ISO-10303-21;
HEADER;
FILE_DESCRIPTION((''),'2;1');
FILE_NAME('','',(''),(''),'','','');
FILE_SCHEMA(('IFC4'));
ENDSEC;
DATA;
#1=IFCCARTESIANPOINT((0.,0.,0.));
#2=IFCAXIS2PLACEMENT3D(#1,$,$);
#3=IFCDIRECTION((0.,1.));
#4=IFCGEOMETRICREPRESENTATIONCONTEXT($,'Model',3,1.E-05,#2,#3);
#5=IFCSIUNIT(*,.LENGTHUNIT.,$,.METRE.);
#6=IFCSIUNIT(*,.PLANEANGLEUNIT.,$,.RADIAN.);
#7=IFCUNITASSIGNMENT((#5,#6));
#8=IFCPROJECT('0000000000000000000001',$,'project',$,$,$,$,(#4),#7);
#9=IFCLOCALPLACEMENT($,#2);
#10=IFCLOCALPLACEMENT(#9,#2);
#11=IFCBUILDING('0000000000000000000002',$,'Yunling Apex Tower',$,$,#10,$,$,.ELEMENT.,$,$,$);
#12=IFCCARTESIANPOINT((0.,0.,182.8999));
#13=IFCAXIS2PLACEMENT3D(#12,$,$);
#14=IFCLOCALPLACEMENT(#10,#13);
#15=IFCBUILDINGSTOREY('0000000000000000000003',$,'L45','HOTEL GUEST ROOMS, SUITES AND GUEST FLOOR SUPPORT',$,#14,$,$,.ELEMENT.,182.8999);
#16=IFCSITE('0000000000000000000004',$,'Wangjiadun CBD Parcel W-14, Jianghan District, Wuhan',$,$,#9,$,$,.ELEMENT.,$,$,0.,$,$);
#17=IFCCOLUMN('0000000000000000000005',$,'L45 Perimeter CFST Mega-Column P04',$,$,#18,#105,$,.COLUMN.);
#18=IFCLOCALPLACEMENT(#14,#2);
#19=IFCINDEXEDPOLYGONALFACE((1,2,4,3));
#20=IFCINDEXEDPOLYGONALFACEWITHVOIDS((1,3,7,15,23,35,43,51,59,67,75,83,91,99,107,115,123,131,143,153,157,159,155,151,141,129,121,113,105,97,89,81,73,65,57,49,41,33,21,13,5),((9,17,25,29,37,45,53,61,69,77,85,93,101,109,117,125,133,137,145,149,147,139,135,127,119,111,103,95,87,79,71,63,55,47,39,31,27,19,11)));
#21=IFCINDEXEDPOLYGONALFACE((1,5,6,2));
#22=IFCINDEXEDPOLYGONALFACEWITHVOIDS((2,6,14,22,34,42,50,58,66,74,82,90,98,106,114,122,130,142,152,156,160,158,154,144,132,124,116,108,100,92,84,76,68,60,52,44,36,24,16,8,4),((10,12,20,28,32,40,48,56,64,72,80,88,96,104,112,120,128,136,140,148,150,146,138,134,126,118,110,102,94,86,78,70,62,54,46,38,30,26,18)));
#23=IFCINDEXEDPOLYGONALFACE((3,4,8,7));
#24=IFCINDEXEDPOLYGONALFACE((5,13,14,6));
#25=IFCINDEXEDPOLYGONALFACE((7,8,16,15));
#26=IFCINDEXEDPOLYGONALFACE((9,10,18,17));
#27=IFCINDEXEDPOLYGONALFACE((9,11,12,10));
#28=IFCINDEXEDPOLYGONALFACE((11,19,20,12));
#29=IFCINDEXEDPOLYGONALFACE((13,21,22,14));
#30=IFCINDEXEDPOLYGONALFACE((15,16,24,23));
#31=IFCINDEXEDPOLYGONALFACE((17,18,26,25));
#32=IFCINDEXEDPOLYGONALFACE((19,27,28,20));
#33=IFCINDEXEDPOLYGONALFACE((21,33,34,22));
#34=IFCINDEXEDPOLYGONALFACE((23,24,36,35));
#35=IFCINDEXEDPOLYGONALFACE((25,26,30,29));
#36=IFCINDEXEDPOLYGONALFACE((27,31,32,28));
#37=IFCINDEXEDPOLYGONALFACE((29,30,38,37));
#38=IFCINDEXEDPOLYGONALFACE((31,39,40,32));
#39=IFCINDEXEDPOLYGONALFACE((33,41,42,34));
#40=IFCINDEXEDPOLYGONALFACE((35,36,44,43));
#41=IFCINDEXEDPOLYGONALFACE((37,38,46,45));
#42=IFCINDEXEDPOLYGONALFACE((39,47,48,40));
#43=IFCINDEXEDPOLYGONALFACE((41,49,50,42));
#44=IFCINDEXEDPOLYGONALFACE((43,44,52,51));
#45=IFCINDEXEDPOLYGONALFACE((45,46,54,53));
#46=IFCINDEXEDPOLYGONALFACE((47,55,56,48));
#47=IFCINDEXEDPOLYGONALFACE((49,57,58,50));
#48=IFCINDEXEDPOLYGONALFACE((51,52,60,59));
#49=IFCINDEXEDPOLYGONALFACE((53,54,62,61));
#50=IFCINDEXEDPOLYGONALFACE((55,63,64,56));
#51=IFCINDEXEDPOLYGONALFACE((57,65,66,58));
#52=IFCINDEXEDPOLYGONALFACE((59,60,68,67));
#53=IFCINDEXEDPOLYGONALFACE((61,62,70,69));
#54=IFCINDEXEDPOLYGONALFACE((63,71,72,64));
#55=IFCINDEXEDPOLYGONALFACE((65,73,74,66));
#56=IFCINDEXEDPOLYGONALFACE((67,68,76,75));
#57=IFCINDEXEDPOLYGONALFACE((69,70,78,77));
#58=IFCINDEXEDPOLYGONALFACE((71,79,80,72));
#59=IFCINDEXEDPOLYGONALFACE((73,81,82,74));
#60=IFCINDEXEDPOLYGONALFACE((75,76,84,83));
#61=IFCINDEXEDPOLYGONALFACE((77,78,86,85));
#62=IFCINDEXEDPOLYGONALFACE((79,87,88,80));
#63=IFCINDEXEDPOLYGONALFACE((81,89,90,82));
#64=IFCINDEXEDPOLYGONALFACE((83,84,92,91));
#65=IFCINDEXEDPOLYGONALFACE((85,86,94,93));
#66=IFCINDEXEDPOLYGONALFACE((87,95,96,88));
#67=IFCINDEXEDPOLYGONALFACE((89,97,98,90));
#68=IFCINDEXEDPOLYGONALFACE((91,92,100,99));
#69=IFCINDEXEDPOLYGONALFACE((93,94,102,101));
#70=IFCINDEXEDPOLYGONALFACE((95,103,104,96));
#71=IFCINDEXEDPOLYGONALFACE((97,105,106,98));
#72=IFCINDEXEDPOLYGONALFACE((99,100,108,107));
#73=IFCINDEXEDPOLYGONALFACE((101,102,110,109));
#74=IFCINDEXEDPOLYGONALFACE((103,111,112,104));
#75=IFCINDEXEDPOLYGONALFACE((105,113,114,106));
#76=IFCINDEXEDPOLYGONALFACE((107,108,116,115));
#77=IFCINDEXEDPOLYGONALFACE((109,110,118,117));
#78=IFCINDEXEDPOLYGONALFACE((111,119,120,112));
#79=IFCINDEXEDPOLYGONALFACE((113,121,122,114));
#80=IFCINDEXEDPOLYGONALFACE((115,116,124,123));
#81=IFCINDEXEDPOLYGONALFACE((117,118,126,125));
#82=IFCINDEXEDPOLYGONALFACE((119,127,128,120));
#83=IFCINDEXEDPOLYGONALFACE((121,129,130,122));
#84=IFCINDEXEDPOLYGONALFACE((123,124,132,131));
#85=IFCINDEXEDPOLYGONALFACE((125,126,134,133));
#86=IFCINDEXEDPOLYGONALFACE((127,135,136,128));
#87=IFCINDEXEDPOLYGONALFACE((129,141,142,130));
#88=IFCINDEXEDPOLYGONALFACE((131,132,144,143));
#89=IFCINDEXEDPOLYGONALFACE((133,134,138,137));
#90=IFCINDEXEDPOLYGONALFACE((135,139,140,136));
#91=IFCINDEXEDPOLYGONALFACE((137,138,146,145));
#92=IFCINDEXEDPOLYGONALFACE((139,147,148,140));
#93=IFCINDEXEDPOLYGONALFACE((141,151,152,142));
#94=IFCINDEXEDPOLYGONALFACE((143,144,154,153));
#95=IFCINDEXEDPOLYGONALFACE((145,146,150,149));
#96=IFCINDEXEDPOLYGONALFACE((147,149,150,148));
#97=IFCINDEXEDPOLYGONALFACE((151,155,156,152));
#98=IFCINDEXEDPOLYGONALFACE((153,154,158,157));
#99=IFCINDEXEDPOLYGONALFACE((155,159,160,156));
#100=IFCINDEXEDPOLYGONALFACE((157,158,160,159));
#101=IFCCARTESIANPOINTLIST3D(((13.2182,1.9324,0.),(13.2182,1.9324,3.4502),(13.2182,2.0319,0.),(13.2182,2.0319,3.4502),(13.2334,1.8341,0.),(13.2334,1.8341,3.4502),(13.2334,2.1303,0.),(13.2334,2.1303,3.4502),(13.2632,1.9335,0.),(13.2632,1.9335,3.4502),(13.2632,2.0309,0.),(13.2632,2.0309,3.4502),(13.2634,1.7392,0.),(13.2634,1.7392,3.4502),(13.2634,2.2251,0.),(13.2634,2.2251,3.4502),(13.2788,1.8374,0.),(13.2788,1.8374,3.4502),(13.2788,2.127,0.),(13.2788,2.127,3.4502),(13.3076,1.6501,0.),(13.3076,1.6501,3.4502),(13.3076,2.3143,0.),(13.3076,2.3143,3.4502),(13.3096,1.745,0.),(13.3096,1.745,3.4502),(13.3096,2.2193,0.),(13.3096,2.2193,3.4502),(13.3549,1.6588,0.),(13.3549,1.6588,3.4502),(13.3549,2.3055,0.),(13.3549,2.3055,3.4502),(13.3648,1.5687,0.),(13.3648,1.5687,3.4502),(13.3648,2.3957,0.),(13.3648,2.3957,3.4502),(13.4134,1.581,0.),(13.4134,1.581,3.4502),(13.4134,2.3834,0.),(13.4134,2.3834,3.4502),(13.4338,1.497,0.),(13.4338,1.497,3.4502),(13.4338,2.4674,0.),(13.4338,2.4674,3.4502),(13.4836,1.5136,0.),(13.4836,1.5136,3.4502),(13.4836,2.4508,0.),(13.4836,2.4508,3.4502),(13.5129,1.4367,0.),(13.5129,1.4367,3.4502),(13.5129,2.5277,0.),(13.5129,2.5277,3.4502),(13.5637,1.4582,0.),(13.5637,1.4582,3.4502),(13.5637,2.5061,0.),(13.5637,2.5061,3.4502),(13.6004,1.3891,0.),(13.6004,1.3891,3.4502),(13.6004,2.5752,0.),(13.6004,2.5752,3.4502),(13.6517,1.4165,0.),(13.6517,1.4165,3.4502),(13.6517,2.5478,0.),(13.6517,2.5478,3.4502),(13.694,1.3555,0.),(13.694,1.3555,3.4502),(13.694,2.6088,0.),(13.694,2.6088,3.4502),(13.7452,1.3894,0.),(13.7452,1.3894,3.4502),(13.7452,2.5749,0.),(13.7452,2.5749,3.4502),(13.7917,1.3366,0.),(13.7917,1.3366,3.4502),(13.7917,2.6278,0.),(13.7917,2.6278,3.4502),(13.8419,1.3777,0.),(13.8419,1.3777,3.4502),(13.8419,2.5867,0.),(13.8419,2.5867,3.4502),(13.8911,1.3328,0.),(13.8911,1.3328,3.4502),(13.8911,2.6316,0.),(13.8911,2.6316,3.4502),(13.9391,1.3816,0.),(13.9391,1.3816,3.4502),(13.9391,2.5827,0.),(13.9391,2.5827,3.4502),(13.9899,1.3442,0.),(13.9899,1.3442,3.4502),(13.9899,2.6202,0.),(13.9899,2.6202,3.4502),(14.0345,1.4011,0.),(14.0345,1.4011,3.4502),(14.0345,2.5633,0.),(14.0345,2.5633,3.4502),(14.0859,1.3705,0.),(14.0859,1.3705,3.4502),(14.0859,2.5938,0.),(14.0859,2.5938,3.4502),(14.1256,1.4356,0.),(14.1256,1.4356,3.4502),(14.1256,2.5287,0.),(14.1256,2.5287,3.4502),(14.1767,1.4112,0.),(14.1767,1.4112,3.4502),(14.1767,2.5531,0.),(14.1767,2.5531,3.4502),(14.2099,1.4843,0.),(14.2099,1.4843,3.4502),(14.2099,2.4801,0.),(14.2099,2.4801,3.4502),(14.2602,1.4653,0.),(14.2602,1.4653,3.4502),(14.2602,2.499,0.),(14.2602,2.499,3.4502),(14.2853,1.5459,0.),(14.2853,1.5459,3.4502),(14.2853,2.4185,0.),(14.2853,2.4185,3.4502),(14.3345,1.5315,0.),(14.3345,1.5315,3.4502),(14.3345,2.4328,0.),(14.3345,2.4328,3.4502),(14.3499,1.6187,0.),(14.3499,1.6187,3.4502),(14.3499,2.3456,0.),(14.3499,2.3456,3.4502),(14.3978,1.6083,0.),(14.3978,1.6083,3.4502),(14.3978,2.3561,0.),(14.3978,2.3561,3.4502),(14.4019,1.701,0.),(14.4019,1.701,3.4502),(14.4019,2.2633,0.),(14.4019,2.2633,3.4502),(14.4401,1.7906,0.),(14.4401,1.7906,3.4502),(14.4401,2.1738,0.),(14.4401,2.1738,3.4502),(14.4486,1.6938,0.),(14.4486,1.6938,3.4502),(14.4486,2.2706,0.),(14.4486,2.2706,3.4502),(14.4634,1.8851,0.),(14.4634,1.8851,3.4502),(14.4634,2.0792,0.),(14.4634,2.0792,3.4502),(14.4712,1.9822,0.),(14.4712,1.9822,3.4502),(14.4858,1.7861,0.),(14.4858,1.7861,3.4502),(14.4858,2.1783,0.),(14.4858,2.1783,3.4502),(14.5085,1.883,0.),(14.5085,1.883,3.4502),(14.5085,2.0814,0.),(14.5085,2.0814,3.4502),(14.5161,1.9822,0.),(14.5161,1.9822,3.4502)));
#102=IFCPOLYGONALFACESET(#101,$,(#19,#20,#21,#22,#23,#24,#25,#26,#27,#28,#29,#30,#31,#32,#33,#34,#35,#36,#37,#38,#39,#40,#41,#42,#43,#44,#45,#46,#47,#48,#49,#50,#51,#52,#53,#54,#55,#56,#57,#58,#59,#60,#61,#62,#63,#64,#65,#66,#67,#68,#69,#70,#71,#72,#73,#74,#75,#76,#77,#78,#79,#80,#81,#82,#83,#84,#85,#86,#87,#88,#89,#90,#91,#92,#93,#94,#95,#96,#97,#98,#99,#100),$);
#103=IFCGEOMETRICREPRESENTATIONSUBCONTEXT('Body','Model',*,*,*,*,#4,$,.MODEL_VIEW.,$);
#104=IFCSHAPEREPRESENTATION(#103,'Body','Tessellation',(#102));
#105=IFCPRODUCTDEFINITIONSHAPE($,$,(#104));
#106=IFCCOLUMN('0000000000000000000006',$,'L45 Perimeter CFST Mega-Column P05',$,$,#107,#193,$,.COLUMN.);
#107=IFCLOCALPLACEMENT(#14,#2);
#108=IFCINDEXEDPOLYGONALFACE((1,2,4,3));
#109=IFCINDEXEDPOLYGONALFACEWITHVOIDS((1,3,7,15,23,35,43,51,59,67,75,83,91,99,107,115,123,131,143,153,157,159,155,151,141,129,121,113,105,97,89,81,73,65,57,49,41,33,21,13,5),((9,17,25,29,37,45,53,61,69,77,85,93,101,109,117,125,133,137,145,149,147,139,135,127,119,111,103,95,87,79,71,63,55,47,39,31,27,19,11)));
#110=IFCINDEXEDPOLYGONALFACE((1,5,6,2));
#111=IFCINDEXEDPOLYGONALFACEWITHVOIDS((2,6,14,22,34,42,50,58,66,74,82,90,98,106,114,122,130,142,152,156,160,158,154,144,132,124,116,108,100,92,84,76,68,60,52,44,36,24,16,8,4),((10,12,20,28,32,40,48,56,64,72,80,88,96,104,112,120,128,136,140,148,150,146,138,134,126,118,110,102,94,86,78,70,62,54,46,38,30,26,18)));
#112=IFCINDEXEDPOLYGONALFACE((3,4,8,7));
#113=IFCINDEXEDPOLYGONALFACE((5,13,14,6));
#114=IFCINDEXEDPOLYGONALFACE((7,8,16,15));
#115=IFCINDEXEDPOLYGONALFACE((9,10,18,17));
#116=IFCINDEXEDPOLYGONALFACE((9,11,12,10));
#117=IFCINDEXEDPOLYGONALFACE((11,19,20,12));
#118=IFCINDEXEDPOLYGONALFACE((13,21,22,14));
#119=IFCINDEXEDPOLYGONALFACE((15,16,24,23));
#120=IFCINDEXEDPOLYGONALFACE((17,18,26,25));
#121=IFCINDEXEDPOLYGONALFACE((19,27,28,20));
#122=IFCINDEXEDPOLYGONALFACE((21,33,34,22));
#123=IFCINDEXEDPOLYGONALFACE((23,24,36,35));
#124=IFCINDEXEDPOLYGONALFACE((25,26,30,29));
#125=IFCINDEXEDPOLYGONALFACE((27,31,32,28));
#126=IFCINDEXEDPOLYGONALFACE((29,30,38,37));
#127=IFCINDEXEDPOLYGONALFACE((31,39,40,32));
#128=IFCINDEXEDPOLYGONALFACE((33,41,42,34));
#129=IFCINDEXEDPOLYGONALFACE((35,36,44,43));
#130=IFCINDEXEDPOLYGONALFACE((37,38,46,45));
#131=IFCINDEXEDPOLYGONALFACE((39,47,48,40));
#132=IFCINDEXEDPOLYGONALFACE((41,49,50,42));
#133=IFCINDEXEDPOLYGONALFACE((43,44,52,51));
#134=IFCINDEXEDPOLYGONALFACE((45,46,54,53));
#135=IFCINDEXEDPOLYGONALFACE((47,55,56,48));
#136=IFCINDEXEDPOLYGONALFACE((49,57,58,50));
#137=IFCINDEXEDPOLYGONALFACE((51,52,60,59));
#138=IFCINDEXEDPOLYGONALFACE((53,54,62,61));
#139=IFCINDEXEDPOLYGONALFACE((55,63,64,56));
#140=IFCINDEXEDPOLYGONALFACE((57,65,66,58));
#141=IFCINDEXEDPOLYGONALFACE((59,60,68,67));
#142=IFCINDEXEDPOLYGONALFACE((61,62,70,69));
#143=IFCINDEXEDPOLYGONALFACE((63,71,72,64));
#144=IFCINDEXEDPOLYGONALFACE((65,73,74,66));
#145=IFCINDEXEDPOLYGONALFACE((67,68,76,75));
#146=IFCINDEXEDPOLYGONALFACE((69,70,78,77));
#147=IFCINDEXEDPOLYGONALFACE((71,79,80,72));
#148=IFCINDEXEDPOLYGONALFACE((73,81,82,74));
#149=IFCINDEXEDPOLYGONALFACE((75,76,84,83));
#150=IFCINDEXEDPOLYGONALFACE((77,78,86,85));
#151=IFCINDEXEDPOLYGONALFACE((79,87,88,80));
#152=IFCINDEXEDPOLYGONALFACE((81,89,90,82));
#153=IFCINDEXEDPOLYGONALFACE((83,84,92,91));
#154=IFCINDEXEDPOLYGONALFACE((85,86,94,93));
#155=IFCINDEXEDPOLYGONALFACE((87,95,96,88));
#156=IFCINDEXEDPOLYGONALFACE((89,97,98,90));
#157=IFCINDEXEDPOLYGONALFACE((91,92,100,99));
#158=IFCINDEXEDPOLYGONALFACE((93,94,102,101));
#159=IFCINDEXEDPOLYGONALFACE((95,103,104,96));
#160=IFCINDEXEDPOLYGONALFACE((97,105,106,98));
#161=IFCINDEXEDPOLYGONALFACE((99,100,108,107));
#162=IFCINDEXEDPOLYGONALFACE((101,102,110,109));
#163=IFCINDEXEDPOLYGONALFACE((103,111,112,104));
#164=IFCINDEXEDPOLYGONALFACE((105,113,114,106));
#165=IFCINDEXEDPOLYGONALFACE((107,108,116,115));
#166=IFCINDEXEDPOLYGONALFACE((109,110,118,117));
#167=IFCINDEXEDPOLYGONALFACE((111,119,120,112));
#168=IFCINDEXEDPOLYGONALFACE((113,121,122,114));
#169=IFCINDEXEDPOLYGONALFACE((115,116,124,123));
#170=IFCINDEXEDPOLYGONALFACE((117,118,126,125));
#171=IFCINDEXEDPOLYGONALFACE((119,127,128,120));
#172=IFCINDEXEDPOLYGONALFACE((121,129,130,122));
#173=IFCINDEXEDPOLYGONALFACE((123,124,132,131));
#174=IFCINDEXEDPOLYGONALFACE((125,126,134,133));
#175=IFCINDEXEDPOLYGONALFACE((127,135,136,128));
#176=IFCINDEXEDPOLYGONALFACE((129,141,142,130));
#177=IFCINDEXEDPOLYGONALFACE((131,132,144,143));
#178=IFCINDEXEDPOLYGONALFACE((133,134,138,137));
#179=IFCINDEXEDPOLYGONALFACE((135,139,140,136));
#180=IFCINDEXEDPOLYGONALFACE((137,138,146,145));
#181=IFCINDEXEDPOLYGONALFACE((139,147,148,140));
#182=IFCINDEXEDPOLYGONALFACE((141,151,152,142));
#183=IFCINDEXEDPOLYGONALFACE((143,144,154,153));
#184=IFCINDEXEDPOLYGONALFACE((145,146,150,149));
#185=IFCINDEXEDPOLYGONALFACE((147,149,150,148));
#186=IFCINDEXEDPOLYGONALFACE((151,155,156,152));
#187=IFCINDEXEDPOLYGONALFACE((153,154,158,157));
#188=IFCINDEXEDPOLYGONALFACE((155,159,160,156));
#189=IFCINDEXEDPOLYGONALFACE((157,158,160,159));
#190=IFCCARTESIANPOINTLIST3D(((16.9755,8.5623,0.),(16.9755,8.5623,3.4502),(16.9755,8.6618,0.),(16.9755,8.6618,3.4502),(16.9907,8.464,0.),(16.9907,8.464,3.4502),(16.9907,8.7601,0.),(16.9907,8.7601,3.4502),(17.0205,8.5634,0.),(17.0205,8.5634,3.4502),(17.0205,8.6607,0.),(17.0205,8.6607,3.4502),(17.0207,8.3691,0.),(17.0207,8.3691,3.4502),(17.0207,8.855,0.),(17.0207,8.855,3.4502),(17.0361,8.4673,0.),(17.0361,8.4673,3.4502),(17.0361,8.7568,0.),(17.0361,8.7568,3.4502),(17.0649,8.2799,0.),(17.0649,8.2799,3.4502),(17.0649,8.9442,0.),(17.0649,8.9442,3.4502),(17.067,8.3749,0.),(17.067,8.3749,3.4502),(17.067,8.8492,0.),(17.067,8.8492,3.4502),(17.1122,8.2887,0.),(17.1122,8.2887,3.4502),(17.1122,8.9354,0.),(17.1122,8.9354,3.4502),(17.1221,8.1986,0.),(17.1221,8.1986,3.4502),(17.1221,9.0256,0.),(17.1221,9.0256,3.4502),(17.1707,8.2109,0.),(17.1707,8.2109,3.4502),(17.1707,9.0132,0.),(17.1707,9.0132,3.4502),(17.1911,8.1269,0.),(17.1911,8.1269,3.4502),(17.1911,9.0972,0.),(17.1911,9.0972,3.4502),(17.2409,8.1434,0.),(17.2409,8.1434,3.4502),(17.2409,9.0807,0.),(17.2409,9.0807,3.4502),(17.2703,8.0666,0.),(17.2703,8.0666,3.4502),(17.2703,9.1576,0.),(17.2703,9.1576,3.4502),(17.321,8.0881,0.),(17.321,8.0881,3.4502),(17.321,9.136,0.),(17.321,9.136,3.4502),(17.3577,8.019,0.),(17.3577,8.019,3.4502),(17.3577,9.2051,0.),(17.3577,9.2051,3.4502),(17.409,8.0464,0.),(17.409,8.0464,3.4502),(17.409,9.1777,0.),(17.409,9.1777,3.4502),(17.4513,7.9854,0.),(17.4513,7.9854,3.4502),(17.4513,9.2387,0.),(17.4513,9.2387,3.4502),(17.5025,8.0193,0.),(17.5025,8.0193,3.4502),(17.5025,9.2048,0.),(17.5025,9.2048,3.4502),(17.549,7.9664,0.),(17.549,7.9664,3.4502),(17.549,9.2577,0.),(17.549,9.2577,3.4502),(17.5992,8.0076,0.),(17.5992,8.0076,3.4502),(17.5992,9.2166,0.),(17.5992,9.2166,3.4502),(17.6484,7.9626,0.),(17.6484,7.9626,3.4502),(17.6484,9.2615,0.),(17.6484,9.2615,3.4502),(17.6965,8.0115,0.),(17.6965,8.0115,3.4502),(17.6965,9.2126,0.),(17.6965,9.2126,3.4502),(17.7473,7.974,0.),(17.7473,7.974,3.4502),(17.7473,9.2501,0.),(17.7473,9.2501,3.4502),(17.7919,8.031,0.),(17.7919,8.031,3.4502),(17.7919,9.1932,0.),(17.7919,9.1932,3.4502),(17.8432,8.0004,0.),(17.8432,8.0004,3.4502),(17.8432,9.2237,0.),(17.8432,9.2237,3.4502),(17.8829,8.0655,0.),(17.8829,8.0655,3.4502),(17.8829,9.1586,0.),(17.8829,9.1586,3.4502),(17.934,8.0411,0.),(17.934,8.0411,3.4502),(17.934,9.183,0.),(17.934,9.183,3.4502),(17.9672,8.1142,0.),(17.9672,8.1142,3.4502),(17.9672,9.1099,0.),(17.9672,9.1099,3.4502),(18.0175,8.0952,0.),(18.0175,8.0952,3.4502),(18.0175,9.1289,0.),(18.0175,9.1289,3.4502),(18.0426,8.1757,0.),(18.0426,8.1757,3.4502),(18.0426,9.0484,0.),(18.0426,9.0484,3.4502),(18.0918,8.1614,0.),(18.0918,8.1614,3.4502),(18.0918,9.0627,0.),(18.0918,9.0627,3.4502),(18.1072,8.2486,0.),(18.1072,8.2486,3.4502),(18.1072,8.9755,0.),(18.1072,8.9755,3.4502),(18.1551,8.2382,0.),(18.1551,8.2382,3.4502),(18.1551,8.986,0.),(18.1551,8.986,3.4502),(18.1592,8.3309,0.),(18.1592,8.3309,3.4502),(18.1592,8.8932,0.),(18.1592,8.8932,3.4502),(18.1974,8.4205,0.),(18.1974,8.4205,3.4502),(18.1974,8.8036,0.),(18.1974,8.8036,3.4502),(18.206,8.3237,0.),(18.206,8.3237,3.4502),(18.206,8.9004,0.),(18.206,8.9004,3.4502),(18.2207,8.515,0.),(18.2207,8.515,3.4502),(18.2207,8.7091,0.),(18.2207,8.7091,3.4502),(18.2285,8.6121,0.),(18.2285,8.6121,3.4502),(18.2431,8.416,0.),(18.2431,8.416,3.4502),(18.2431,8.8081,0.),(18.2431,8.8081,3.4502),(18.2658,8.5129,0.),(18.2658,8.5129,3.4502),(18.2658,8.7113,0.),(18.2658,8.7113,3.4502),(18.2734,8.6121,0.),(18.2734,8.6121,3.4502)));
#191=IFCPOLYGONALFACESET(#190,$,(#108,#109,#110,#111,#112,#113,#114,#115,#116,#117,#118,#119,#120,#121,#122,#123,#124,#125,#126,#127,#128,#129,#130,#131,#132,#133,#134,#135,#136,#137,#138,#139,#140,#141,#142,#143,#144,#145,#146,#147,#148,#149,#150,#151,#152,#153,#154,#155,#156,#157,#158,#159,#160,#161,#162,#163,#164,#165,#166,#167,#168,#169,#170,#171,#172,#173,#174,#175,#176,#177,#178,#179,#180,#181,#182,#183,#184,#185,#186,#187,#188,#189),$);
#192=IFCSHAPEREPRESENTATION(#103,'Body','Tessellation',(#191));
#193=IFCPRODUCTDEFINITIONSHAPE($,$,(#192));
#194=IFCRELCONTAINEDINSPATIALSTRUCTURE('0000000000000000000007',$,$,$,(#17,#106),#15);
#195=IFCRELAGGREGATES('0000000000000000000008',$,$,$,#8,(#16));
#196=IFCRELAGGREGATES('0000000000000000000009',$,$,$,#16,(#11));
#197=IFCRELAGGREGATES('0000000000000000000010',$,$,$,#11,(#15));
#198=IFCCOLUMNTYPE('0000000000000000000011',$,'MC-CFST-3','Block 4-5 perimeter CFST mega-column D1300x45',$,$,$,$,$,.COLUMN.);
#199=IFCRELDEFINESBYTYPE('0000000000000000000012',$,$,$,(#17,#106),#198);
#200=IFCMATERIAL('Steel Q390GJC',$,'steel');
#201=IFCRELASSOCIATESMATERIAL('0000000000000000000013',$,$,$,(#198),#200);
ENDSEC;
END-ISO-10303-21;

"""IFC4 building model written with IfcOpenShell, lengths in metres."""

from ifc_helpers import new_model, si_unit, direction, frame, origin, origin_2d, place, context, subcontext, project, spatial, hollow_circle, extrude, source, transform, mapped, material, material_profile, profile_set, type_object, element, save


model = new_model("IFC4")

# Units and contexts
model_context = context("Model", 3, precision=1e-05, world=origin(), true_north=direction((0.0, 1.0)))
body_context = subcontext(model_context, "Body", "Model", "MODEL_VIEW")
ifc_project = project(units=[si_unit("LENGTHUNIT", "METRE"), si_unit("PLANEANGLEUNIT", "RADIAN")], contexts=[model_context])

# Site, building, storey
site_placement = place(None, origin())
site = spatial("IfcSite", under=ifc_project, at=site_placement, Name="Wangjiadun CBD Parcel W-14, Jianghan District, Wuhan", CompositionType="ELEMENT", RefElevation=0.0)
building_placement = place(site_placement, origin())
building = spatial("IfcBuilding", under=site, at=building_placement, Name="Yunling Apex Tower", CompositionType="ELEMENT")
storey_placement = place(building_placement, frame((0.0, 0.0, 182.8999)))
storey = spatial("IfcBuildingStorey", under=building, at=storey_placement, Name="L45", Description="HOTEL GUEST ROOMS, SUITES AND GUEST FLOOR SUPPORT", CompositionType="ELEMENT", Elevation=182.8999)

# Columns
ifc_material_1 = material(Name="Steel Q390GJC", Category="steel")
ifc_material_profile_1 = material_profile(ifc_material_1, hollow_circle(Radius=0.6499, WallThickness=0.0449, at=origin_2d()))
ifc_profile_set_1 = profile_set([ifc_material_profile_1], Name="Steel Q390GJC")
column_type = type_object("IfcColumnType", Name="MC-CFST-3", Description="Block 4-5 perimeter CFST mega-column D1300x45", PredefinedType="COLUMN", material=ifc_profile_set_1)
shared_shape_1 = source(origin(), body_context, "Body", "SweptSolid", [
    extrude(hollow_circle(Radius=0.6499, WallThickness=0.0449, at=origin_2d()), origin(), (0.0, 0.0, 1.0), 3.4502),
])
for number, where, z_axis, x_axis, name in (
    (1, (13.8662, 1.9822, 0.0), (0.0, 0.0, 1.0), (1.0, 0.0, 0.0), "L45 Perimeter CFST Mega-Column P04"),
    (2, (17.6235, 8.6121, 0.0), (0.0, 0.0, 1.0), (1.0, 0.0, 0.0), "L45 Perimeter CFST Mega-Column P05"),
):
    element("IfcColumn", number, at=place(storey_placement, frame(where, z_axis=z_axis, x_axis=x_axis)), inside=storey, type_object=column_type, Name=name, PredefinedType="COLUMN", context=body_context, shape_type="MappedRepresentation", body=[
        mapped(shared_shape_1, transform((0.0, 0.0, 0.0), scale=1.0)),
    ])

save(model, "model.ifc")
